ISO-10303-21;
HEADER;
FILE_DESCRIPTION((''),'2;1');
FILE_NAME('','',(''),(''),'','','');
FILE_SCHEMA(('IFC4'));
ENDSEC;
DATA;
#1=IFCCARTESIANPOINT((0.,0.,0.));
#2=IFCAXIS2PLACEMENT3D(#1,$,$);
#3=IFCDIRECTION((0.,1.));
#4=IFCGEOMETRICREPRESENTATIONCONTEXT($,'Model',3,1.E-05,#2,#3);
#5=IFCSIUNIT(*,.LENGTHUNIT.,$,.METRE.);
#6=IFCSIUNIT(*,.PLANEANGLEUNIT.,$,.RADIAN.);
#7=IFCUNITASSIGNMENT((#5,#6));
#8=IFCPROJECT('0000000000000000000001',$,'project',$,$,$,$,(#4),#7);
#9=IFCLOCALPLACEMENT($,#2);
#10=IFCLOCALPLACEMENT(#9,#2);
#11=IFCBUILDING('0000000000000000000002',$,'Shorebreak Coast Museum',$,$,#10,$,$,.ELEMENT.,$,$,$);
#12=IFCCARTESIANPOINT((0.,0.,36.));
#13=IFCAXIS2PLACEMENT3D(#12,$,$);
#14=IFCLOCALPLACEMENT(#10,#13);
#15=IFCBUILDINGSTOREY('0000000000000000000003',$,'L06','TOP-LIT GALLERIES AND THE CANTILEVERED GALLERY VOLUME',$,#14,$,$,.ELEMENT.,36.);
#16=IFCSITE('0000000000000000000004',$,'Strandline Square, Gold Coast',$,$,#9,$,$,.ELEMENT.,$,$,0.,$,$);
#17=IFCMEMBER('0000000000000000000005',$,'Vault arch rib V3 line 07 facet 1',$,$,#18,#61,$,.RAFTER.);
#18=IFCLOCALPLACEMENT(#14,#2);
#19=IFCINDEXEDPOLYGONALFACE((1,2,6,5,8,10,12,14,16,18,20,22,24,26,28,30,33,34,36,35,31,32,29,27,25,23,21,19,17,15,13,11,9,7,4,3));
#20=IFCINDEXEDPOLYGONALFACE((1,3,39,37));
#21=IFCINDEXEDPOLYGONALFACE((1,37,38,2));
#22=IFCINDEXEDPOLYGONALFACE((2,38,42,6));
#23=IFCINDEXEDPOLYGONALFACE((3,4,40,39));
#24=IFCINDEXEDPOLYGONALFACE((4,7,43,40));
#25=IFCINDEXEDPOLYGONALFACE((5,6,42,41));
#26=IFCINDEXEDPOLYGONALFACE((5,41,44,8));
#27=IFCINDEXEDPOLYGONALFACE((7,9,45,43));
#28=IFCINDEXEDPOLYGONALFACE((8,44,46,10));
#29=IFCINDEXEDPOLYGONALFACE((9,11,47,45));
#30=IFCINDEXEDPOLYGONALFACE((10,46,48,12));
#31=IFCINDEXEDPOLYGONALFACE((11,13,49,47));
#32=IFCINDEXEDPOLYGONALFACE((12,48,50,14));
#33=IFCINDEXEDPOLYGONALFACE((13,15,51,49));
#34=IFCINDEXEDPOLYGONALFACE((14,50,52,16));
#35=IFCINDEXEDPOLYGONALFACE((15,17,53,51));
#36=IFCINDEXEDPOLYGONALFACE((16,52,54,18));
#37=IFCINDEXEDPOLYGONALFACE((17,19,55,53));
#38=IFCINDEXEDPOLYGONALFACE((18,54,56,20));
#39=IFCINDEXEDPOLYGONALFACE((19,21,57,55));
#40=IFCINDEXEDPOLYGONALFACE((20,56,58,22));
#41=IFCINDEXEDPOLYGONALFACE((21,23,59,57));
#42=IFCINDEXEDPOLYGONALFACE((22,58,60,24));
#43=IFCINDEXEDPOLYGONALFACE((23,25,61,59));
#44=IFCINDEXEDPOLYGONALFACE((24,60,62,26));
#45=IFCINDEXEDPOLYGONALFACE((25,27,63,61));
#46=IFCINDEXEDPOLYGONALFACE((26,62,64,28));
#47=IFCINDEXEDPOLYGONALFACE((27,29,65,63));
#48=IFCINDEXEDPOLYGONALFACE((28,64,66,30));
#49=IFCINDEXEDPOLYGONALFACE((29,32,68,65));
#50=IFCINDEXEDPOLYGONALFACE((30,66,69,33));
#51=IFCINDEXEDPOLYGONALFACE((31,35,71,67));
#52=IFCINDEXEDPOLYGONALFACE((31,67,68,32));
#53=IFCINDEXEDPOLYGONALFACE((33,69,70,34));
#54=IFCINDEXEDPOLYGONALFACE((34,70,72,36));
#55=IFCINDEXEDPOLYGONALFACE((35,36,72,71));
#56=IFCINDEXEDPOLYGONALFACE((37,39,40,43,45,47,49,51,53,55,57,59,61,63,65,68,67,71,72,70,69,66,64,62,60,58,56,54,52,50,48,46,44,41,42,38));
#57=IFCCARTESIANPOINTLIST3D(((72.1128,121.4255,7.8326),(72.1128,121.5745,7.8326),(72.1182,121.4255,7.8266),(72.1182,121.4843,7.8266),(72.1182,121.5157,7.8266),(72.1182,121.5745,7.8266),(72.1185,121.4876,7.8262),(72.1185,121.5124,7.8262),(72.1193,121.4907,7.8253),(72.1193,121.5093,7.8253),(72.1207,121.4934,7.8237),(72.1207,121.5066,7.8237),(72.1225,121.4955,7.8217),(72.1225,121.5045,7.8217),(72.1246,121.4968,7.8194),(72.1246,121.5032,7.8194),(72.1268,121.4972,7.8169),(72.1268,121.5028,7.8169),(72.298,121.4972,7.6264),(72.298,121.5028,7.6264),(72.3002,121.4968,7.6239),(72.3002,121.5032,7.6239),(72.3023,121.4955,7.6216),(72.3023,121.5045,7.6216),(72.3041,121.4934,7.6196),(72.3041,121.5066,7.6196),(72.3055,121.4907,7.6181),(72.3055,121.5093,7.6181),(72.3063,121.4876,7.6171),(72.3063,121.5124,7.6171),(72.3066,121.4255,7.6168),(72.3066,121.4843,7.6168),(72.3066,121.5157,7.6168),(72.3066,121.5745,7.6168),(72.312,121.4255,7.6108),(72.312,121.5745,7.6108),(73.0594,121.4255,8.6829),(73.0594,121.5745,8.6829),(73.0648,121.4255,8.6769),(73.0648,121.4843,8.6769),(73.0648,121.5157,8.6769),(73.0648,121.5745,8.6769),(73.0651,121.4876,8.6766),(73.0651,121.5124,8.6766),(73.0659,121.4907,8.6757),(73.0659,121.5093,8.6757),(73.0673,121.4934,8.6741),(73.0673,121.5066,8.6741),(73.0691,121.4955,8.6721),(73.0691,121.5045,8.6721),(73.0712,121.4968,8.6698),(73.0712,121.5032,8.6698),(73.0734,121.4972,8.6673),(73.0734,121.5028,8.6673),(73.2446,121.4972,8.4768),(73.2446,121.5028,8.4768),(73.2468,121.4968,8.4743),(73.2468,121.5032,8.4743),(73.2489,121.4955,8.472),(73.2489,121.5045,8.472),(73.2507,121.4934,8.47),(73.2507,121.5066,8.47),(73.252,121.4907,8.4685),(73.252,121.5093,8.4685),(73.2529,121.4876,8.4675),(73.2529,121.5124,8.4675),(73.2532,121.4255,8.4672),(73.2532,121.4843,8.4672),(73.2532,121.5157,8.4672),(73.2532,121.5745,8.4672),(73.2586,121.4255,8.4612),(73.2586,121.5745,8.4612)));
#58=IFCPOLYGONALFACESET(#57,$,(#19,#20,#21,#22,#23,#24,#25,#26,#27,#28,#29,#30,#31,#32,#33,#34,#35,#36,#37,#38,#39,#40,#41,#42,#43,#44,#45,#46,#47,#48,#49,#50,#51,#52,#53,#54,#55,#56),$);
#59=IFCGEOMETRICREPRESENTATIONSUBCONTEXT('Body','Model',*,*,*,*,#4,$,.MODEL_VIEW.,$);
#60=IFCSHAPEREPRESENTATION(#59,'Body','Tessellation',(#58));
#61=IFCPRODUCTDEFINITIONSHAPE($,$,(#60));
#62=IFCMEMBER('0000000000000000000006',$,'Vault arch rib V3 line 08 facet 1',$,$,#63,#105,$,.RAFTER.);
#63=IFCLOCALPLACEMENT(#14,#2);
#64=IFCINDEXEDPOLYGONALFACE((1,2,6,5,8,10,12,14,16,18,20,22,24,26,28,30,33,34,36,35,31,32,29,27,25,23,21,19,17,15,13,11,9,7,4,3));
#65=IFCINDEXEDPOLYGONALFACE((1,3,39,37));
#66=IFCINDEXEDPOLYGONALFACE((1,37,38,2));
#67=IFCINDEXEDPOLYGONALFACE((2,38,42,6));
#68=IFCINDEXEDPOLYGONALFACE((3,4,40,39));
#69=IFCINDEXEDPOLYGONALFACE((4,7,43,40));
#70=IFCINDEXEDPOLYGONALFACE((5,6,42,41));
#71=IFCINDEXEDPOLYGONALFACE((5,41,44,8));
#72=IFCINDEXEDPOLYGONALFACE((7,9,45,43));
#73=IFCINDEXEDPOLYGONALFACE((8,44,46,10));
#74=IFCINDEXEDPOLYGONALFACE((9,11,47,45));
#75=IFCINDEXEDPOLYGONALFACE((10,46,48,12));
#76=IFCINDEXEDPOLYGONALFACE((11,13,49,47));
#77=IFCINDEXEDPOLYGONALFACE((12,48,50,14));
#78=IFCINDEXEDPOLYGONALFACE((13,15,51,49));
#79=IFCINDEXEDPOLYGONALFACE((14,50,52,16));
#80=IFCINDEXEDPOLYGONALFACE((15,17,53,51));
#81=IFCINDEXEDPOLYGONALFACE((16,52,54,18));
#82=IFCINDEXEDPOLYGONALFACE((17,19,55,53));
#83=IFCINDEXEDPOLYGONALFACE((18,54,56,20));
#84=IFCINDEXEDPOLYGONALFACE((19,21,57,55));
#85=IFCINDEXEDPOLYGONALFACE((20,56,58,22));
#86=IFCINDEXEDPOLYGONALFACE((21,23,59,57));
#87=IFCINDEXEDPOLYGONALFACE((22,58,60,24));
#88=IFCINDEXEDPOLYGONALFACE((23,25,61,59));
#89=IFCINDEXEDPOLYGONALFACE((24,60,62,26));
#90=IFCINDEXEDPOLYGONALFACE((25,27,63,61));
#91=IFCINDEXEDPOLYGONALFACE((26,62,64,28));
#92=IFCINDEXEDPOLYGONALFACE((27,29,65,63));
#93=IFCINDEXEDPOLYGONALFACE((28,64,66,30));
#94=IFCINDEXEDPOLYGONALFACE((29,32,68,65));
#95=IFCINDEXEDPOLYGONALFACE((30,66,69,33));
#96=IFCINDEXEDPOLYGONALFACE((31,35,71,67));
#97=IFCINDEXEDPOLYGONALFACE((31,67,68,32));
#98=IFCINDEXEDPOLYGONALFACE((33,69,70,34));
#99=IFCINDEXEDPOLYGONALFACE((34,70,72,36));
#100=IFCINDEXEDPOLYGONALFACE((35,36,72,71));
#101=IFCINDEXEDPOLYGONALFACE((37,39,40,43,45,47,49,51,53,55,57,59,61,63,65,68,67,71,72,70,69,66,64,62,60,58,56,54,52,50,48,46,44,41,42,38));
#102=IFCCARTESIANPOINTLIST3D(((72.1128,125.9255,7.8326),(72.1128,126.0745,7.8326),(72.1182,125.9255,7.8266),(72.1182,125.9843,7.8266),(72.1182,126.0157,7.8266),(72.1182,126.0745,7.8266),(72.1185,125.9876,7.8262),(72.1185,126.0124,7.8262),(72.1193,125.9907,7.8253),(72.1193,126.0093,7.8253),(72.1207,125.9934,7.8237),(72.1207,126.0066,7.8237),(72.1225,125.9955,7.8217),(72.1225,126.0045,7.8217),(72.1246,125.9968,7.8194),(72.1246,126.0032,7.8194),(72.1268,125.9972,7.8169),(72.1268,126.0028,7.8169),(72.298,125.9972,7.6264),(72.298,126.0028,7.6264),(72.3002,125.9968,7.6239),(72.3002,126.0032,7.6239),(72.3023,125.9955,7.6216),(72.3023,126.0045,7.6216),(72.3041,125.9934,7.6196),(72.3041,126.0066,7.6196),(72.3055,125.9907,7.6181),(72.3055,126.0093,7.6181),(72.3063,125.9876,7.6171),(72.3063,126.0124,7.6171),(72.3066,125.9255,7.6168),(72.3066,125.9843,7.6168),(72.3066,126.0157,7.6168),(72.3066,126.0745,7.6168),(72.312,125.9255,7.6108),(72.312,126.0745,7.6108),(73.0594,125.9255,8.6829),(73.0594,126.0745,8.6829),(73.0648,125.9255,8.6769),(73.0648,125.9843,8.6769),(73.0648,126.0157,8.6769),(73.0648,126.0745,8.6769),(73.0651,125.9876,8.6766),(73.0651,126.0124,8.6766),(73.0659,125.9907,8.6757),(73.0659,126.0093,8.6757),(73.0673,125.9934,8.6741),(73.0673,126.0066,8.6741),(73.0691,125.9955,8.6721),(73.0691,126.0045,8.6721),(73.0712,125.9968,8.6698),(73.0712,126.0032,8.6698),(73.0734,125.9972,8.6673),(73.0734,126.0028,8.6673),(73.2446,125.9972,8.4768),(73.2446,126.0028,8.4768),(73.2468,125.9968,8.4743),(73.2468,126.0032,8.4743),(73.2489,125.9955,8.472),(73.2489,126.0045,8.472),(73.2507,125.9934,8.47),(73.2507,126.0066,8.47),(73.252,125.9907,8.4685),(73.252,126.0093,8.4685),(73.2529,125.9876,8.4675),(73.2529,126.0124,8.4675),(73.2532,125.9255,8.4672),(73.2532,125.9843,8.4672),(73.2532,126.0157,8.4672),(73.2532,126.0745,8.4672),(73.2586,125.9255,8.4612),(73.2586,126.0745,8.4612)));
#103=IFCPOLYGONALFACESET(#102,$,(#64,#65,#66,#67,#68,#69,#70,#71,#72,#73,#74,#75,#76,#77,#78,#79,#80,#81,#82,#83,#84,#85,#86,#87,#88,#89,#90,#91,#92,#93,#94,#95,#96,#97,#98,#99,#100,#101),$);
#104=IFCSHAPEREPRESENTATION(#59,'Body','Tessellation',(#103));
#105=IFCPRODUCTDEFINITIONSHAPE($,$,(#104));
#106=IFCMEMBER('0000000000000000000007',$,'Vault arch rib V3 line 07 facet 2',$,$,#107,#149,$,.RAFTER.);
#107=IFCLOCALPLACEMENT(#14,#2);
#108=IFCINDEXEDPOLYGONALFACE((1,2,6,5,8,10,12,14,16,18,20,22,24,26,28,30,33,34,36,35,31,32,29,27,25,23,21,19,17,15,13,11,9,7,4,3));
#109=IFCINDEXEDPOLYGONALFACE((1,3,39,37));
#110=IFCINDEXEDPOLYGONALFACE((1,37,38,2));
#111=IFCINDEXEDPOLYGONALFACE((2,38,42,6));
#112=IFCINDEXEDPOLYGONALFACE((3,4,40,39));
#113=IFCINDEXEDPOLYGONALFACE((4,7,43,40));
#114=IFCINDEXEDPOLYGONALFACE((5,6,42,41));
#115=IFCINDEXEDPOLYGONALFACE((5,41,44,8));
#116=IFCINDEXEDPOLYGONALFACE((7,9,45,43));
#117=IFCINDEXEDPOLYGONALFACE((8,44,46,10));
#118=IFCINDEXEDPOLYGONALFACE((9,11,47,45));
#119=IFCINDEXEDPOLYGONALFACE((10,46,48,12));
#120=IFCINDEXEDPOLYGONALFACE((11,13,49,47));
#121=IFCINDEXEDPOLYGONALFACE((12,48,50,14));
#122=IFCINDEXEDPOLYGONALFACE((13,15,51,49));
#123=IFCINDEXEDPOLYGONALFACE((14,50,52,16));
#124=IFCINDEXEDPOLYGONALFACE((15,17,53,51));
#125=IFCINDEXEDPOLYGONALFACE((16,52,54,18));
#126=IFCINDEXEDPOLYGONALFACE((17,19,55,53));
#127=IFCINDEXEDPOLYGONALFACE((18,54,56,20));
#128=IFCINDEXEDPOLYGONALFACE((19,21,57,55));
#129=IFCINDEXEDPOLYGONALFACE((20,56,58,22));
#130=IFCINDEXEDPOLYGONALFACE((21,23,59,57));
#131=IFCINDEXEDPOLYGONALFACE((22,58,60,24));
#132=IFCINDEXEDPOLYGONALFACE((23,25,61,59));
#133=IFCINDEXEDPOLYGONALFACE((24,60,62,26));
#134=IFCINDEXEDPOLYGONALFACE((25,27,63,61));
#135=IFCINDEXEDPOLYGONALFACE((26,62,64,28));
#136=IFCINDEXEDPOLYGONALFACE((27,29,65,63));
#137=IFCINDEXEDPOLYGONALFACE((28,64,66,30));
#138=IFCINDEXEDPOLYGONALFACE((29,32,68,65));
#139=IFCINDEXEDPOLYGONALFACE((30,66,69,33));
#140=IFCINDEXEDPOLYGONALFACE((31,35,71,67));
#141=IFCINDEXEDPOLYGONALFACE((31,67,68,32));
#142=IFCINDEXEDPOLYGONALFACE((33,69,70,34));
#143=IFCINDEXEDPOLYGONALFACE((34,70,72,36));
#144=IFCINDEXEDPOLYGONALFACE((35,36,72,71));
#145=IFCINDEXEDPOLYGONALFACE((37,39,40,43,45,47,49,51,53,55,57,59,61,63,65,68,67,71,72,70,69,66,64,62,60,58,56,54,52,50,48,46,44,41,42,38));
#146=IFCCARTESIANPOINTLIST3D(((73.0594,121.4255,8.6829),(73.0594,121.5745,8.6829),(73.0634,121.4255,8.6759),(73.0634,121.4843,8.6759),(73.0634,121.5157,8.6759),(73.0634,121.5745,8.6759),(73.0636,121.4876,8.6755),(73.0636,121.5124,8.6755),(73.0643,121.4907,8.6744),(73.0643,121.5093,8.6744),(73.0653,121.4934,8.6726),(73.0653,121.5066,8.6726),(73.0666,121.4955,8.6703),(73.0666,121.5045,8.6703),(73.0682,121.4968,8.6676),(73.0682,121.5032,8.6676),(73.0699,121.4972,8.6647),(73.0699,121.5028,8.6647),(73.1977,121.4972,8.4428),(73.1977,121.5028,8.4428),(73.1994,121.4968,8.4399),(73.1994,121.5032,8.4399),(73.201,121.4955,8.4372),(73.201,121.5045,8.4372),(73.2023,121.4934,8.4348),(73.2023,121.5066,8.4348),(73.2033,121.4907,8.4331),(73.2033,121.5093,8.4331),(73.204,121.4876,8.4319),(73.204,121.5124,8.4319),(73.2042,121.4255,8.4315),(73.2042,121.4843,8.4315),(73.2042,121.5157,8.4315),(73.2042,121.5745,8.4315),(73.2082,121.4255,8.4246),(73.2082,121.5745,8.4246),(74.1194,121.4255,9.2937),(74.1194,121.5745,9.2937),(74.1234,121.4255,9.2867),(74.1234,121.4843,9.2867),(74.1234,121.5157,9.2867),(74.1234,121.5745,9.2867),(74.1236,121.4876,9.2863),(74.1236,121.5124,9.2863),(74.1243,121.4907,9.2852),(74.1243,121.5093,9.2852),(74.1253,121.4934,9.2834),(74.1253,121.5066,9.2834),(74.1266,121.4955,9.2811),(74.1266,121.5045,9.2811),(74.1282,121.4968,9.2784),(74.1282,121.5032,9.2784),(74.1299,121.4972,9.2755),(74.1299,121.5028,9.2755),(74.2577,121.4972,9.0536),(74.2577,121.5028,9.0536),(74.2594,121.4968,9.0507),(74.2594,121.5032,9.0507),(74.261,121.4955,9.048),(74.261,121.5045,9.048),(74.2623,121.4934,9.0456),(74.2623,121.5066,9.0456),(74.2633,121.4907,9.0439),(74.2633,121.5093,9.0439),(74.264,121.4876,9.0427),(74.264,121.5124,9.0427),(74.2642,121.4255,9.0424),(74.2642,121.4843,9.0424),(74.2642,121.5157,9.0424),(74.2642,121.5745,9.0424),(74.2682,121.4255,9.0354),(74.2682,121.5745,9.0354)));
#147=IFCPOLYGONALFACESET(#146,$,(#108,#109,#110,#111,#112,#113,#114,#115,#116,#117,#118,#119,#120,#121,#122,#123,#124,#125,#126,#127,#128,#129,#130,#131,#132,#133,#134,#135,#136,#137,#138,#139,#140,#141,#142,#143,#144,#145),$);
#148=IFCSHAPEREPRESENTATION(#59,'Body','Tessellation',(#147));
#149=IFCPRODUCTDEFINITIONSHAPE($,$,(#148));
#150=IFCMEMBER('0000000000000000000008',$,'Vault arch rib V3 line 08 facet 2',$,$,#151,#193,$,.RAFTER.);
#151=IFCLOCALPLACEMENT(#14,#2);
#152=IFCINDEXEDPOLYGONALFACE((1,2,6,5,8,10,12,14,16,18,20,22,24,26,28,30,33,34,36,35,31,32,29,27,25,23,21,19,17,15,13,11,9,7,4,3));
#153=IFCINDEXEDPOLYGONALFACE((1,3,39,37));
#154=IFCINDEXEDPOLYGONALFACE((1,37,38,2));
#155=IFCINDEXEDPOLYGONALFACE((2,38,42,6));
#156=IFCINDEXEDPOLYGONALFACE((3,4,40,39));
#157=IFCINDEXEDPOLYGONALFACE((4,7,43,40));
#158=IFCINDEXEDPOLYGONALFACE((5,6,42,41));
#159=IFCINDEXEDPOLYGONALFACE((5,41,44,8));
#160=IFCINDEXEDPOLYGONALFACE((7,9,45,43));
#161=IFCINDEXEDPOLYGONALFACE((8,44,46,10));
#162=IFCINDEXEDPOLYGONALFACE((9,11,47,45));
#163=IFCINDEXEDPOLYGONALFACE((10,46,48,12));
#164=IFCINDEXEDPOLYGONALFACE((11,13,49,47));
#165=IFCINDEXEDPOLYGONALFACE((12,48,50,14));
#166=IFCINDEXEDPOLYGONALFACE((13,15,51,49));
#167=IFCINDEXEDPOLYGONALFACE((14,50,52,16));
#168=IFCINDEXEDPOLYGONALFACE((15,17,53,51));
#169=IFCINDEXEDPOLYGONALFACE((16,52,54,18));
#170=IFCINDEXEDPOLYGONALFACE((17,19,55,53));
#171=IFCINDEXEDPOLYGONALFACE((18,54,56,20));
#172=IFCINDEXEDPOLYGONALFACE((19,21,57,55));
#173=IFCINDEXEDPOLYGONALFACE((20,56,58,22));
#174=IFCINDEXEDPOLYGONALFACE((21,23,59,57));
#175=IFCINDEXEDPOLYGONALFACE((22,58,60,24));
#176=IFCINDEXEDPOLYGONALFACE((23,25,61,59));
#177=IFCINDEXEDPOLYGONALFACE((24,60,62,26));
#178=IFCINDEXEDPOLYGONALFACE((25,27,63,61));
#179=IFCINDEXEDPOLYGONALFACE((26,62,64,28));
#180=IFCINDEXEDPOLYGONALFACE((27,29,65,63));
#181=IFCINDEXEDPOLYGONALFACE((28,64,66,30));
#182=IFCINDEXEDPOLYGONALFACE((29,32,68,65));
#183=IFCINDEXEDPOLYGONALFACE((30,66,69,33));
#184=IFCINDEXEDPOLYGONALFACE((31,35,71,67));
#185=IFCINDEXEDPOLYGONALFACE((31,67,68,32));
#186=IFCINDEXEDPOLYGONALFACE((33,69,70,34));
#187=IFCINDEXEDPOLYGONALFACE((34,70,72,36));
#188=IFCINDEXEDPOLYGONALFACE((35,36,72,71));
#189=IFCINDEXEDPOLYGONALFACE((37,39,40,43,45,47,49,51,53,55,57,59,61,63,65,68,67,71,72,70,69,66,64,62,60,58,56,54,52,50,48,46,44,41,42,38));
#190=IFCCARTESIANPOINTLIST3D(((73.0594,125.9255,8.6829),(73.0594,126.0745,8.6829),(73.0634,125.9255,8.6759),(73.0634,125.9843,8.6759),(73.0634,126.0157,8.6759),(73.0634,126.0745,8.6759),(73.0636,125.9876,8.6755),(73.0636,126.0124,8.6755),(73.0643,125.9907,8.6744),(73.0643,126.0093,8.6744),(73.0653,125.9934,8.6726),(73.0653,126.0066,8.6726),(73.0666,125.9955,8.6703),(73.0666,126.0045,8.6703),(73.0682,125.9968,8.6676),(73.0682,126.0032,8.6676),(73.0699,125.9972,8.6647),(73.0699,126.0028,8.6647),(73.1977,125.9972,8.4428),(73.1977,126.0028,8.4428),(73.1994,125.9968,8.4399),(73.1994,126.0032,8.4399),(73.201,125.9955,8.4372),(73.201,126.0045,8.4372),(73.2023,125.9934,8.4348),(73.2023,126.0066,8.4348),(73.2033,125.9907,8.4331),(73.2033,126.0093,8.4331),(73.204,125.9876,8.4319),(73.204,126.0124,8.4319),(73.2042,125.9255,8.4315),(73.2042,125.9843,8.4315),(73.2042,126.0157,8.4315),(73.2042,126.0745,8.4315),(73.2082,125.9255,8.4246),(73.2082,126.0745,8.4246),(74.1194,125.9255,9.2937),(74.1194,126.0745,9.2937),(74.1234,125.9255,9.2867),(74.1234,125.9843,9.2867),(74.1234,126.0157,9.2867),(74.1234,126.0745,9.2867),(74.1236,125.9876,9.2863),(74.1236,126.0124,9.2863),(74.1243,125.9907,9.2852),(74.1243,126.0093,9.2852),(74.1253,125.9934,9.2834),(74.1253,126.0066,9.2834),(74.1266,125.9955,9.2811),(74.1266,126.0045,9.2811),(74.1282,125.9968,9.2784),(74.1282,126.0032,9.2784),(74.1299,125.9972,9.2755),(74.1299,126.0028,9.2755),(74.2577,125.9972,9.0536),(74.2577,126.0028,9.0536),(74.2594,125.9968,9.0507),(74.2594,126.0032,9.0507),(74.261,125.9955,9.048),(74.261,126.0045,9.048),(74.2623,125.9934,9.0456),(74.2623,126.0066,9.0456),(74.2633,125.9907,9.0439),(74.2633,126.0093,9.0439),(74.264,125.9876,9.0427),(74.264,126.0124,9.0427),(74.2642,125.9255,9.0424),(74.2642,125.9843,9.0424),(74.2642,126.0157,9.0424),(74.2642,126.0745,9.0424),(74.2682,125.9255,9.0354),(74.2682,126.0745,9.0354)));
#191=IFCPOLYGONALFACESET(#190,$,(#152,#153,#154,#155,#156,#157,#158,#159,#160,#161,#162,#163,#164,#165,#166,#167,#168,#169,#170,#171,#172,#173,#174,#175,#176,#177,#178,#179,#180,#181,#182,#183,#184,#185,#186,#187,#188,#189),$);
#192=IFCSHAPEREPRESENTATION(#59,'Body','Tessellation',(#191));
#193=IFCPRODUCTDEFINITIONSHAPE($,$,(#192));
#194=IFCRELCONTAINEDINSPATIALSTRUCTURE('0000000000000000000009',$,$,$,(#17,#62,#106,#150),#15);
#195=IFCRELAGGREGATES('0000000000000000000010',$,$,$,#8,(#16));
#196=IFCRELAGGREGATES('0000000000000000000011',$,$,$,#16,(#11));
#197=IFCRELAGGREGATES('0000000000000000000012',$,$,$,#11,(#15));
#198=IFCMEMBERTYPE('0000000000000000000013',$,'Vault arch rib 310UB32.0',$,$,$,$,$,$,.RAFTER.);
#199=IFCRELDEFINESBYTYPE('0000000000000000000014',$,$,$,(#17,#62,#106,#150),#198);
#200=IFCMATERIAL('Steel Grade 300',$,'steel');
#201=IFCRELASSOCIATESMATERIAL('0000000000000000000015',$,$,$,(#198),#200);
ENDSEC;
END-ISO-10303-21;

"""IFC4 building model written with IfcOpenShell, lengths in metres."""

from ifc_helpers import new_model, si_unit, direction, frame, origin, origin_2d, place, context, subcontext, project, spatial, i_section, extrude, material, material_profile, profile_set, type_object, element, save


model = new_model("IFC4")

# Units and contexts
model_context = context("Model", 3, precision=1e-05, world=origin(), true_north=direction((0.0, 1.0)))
body_context = subcontext(model_context, "Body", "Model", "MODEL_VIEW")
ifc_project = project(units=[si_unit("LENGTHUNIT", "METRE"), si_unit("PLANEANGLEUNIT", "RADIAN")], contexts=[model_context])

# Site, building, storey
site_placement = place(None, origin())
site = spatial("IfcSite", under=ifc_project, at=site_placement, Name="Strandline Square, Gold Coast", CompositionType="ELEMENT", RefElevation=0.0)
building_placement = place(site_placement, origin())
building = spatial("IfcBuilding", under=site, at=building_placement, Name="Shorebreak Coast Museum", CompositionType="ELEMENT")
storey_placement = place(building_placement, frame((0.0, 0.0, 36.0)))
storey = spatial("IfcBuildingStorey", under=building, at=storey_placement, Name="L06", Description="TOP-LIT GALLERIES AND THE CANTILEVERED GALLERY VOLUME", CompositionType="ELEMENT", Elevation=36.0)

# Members
ifc_material_1 = material(Name="Steel Grade 300", Category="steel")
ifc_material_profile_1 = material_profile(ifc_material_1, i_section(OverallWidth=0.1489, OverallDepth=0.2981, WebThickness=0.0056, FlangeThickness=0.0081, FilletRadius=0.0129, at=origin_2d()), Name="310UB32.0")
ifc_profile_set_1 = profile_set([ifc_material_profile_1], Name="Steel Grade 300")
member_type_1 = type_object("IfcMemberType", Name="Vault arch rib 310UB32.0", PredefinedType="RAFTER", material=ifc_profile_set_1)
for number, where, z_axis, x_axis, name in (
    (1, (72.2124, 121.5, 7.7217), (0.743895, 0.0, 0.668297), (0.0, 1.0, 0.0), "Vault arch rib V3 line 07 facet 1"),
    (2, (72.2124, 126.0, 7.7217), (0.743895, 0.0, 0.668297), (0.0, 1.0, 0.0), "Vault arch rib V3 line 08 facet 1"),
):
    element("IfcMember", number, at=place(storey_placement, frame(where, z_axis=z_axis, x_axis=x_axis)), inside=storey, type_object=member_type_1, Name=name, PredefinedType="RAFTER", context=body_context, shape_type="SweptSolid", body=[
        extrude(i_section(OverallWidth=0.1489, OverallDepth=0.2981, WebThickness=0.0056, FlangeThickness=0.0081, FilletRadius=0.0129, at=origin_2d()), origin(), (0.0, 0.0, 1.0), 1.2725),
    ])
for number, where, z_axis, x_axis, name in (
    (3, (73.1338, 121.5, 8.5537), (0.866445, 0.0, 0.499273), (0.0, 1.0, 0.0), "Vault arch rib V3 line 07 facet 2"),
    (4, (73.1338, 126.0, 8.5537), (0.866445, 0.0, 0.499273), (0.0, 1.0, 0.0), "Vault arch rib V3 line 08 facet 2"),
):
    element("IfcMember", number, at=place(storey_placement, frame(where, z_axis=z_axis, x_axis=x_axis)), inside=storey, type_object=member_type_1, Name=name, PredefinedType="RAFTER", context=body_context, shape_type="SweptSolid", body=[
        extrude(i_section(OverallWidth=0.1489, OverallDepth=0.2981, WebThickness=0.0056, FlangeThickness=0.0081, FilletRadius=0.0129, at=origin_2d()), origin(), (0.0, 0.0, 1.0), 1.2234),
    ])

save(model, "model.ifc")
